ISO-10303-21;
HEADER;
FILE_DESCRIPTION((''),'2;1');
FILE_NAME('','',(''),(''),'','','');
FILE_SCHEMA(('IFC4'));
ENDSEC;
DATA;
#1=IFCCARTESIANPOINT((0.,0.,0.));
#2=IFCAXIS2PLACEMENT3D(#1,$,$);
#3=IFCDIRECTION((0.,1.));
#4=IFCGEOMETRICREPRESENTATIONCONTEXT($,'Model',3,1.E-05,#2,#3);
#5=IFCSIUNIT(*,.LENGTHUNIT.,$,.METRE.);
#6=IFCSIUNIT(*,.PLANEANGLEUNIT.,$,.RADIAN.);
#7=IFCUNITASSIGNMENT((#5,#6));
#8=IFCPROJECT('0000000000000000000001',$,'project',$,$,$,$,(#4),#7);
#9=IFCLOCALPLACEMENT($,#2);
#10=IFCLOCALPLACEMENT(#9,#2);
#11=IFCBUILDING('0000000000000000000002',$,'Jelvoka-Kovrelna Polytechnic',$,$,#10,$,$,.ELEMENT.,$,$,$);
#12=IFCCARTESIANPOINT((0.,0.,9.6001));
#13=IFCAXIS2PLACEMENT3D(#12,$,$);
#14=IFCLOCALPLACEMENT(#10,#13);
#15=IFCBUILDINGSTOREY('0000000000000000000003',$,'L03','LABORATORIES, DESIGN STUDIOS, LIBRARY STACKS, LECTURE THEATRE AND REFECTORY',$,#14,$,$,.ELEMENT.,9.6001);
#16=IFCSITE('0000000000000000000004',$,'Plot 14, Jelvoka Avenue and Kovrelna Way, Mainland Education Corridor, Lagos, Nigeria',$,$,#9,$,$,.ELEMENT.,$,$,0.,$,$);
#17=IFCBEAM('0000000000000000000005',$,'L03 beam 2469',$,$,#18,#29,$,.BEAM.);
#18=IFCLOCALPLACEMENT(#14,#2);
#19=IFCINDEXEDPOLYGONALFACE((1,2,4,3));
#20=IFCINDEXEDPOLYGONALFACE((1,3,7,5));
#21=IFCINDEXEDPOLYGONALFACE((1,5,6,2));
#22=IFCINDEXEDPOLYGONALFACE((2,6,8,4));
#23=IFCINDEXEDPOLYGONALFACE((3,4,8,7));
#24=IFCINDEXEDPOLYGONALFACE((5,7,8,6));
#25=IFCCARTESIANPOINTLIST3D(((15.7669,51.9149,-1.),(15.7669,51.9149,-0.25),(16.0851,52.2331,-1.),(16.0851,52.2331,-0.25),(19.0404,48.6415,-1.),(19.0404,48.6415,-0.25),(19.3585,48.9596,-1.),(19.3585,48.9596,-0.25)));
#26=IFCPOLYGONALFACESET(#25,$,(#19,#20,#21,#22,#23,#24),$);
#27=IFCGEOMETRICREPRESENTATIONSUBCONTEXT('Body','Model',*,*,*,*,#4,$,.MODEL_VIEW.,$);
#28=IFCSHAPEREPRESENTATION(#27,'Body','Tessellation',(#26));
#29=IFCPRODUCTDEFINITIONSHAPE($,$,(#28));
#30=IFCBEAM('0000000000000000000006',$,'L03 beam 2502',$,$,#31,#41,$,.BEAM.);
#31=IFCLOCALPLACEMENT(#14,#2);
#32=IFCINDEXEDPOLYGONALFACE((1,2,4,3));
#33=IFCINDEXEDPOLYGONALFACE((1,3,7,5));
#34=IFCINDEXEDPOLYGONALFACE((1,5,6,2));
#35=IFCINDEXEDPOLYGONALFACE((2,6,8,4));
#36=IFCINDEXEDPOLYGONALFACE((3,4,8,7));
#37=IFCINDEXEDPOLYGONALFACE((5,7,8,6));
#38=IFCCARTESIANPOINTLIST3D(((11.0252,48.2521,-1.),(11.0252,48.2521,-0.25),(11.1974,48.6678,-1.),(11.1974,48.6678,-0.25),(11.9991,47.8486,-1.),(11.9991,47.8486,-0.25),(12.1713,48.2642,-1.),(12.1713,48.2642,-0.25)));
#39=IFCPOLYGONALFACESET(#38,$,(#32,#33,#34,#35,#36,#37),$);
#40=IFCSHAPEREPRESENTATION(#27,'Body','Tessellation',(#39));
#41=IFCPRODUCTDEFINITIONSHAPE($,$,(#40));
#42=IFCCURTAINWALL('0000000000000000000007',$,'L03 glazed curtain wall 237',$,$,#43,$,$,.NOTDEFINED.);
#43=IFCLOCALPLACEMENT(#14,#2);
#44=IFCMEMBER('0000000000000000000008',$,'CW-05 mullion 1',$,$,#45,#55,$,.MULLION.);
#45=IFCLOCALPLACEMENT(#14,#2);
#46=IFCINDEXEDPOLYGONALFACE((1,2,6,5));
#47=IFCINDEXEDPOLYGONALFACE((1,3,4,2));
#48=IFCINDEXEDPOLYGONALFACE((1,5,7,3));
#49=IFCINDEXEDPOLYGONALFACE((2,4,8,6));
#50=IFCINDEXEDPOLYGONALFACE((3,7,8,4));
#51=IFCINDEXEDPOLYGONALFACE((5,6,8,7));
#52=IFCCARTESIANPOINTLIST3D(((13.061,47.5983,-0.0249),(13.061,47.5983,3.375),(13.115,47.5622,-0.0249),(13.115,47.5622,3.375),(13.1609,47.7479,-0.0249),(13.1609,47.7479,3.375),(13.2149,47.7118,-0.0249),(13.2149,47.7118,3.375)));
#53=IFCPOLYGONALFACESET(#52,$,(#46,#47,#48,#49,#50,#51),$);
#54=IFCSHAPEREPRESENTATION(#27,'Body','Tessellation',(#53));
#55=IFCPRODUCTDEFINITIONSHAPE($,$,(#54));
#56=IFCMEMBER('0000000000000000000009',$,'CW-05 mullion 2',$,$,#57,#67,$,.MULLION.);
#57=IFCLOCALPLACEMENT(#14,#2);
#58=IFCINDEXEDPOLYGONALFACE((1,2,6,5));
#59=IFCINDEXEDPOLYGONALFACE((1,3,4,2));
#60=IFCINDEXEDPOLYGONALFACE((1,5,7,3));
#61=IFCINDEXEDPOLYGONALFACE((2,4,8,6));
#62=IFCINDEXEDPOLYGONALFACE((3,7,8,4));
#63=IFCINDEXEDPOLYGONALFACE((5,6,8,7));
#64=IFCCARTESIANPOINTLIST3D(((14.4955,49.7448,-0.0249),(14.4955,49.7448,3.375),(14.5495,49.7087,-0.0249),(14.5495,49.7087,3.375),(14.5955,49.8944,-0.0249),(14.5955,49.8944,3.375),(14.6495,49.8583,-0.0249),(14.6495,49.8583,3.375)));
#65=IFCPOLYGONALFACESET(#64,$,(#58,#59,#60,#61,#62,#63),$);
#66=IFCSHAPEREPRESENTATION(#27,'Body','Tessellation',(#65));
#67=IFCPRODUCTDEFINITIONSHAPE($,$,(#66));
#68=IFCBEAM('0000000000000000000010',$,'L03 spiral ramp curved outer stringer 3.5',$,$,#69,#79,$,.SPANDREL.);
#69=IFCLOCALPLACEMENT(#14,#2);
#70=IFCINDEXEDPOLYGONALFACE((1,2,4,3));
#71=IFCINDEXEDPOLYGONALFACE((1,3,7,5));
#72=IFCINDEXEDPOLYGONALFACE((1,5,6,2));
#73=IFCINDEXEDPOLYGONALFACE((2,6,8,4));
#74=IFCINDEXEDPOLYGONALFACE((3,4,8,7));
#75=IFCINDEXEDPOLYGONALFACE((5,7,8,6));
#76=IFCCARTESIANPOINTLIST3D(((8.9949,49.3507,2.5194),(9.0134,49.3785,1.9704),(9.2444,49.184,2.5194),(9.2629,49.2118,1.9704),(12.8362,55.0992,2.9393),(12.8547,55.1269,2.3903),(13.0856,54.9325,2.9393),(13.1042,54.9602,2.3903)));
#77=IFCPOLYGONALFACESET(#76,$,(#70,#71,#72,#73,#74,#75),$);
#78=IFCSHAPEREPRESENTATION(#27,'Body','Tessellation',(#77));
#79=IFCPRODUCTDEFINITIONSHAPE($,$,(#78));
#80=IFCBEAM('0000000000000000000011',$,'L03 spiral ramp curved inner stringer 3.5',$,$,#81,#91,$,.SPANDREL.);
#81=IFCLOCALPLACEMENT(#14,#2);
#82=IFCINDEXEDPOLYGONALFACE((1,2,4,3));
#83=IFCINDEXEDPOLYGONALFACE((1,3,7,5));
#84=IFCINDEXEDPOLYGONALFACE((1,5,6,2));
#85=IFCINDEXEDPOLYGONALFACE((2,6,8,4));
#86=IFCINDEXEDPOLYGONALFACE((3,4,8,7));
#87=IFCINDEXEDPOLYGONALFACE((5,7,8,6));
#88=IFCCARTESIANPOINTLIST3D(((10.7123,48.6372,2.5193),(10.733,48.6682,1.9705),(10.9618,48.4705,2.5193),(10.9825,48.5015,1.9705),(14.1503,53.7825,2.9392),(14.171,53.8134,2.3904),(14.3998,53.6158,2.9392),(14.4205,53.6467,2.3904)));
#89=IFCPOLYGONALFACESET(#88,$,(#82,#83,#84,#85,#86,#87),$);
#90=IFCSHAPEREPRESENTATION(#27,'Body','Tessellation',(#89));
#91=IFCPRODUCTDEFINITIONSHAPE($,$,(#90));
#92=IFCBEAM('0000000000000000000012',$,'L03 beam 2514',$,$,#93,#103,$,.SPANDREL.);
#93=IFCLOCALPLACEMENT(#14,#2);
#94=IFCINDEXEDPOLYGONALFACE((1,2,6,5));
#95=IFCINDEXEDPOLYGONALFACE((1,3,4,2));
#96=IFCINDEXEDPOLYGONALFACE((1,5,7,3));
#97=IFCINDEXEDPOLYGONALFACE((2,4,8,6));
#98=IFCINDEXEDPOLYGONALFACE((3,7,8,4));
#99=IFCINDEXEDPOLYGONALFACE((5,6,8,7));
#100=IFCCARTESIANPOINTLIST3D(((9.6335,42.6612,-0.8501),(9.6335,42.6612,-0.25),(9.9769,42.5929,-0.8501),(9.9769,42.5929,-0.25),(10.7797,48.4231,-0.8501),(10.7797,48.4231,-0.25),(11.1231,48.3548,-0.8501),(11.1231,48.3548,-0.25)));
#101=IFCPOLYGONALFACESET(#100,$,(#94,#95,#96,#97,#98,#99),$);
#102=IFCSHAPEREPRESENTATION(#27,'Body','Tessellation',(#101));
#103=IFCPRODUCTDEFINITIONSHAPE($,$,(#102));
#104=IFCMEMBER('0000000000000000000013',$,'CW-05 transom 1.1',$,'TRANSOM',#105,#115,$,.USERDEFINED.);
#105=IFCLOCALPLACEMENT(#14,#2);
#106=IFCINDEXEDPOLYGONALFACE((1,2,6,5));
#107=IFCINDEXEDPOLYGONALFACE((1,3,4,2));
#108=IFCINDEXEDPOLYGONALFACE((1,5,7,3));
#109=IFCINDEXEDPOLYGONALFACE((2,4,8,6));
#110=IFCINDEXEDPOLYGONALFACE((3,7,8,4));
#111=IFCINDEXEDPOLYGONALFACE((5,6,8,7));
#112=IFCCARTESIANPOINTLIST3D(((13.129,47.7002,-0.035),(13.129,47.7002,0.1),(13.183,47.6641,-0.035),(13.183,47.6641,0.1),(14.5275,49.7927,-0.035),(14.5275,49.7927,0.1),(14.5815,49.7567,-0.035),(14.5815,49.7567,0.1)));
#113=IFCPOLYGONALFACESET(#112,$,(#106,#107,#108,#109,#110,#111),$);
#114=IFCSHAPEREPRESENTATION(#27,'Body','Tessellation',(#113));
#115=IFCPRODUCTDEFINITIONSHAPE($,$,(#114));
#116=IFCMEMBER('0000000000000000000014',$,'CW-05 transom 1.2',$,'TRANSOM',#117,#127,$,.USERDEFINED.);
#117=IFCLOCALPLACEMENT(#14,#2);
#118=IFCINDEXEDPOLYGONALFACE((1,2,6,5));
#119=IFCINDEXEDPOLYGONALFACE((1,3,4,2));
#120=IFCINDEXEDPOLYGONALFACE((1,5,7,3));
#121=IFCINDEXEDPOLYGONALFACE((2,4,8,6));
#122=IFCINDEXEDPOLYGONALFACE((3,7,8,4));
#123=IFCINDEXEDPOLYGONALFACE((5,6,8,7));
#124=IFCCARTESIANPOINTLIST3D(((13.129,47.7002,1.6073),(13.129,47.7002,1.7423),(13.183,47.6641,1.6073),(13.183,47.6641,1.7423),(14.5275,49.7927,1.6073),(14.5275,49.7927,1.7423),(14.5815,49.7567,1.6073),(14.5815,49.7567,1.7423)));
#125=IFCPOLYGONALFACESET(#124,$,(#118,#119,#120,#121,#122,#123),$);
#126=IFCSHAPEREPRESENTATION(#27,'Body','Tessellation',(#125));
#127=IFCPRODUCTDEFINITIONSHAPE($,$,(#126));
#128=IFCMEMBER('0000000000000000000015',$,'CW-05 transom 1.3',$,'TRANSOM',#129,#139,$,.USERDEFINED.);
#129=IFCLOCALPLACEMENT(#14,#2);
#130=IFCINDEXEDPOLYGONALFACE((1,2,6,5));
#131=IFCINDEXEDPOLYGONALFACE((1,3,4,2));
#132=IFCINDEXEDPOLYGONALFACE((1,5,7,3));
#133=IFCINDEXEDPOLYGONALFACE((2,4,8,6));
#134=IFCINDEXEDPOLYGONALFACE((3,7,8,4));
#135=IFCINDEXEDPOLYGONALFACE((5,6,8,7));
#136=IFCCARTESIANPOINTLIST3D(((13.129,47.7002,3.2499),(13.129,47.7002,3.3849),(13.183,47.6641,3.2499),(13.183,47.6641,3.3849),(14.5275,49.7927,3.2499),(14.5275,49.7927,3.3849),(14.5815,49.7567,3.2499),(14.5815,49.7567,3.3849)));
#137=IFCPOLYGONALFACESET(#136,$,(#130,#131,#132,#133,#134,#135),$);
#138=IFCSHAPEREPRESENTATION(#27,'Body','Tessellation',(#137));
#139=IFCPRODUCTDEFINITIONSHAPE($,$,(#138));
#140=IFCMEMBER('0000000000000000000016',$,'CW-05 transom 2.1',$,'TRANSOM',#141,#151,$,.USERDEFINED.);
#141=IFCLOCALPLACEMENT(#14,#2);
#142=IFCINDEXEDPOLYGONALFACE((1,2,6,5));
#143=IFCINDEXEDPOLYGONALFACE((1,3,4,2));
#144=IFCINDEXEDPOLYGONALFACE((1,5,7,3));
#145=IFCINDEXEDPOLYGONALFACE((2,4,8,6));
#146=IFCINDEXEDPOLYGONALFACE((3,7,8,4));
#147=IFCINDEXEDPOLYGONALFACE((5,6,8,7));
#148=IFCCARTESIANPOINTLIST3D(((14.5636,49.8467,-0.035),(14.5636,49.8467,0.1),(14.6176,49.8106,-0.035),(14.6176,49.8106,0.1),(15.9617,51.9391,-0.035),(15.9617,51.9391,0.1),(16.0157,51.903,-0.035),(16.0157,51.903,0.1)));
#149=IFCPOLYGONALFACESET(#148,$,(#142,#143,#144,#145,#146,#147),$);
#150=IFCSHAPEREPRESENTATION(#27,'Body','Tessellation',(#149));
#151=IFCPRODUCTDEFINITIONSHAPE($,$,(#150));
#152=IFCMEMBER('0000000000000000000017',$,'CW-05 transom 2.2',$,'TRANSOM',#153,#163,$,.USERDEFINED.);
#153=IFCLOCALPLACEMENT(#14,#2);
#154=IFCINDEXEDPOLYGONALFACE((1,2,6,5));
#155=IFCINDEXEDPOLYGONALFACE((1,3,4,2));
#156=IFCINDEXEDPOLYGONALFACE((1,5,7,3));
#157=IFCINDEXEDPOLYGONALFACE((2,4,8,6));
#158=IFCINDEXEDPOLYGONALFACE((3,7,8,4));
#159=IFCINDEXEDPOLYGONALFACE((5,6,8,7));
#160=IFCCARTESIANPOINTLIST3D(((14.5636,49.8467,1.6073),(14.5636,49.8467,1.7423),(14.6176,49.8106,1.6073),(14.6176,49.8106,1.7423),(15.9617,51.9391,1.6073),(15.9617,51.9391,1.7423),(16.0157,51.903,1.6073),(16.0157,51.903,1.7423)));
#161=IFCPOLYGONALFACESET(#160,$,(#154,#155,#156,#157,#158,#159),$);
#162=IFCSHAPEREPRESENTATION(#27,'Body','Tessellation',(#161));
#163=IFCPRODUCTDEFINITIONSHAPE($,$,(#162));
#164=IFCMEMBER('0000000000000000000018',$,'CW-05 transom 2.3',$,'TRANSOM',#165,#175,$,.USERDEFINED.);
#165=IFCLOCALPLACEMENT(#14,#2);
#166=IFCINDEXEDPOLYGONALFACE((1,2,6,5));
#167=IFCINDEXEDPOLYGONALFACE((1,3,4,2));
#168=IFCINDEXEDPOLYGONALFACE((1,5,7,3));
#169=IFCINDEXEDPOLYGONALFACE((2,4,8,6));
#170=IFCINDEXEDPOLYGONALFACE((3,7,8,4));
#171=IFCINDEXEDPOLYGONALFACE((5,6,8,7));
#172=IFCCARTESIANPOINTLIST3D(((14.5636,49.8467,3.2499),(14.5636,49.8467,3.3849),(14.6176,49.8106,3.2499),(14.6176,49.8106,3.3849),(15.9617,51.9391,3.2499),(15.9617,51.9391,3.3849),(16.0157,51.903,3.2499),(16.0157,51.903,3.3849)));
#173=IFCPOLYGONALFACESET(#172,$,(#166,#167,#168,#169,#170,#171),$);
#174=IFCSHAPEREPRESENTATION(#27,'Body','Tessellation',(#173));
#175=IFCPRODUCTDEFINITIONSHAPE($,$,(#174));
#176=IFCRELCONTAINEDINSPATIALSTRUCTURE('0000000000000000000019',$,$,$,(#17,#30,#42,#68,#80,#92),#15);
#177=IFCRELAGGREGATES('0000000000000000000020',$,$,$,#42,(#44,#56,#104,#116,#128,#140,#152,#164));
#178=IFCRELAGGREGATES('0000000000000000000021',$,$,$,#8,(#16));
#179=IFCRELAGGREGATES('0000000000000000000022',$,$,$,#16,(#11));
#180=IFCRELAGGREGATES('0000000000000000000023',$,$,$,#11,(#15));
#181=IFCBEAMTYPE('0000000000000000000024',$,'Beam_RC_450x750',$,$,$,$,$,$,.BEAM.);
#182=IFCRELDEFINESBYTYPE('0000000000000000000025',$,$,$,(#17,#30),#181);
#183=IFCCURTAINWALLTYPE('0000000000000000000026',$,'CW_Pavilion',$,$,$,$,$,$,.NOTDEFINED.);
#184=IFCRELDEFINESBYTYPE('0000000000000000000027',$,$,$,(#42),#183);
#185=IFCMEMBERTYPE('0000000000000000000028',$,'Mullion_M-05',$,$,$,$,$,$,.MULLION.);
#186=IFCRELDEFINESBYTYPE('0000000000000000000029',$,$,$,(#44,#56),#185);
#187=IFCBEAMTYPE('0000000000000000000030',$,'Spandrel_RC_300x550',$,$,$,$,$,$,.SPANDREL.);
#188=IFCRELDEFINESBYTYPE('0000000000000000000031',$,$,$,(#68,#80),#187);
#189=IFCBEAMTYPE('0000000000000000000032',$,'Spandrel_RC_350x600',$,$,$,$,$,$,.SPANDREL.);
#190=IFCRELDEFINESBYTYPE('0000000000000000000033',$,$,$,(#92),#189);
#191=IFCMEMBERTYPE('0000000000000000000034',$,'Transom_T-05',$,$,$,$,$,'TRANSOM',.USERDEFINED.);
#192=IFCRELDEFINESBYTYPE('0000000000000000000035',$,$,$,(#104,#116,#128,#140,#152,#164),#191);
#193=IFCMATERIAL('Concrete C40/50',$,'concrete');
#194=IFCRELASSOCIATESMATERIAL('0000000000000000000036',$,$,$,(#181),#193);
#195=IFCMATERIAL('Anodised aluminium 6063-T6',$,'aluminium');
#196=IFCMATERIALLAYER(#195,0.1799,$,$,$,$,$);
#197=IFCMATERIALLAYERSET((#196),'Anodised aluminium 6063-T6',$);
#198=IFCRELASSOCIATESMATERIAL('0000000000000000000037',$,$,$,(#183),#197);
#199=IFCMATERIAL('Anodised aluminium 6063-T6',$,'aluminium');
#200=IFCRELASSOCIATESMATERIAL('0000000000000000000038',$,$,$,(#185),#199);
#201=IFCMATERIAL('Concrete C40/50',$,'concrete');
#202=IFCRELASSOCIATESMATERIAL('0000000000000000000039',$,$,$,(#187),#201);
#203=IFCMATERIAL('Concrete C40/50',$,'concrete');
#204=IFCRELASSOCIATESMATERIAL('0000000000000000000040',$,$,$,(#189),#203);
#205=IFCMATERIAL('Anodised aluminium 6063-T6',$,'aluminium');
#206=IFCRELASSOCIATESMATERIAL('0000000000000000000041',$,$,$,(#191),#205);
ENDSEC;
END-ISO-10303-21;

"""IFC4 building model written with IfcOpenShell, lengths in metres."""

from ifc_helpers import new_model, si_unit, direction, frame, origin, origin_2d, place, context, subcontext, project, spatial, rectangle, extrude, material, layer, layer_set, material_profile, profile_set, type_object, element, aggregate, save


model = new_model("IFC4")

# Units and contexts
model_context = context("Model", 3, precision=1e-05, world=origin(), true_north=direction((0.0, 1.0)))
body_context = subcontext(model_context, "Body", "Model", "MODEL_VIEW")
ifc_project = project(units=[si_unit("LENGTHUNIT", "METRE"), si_unit("PLANEANGLEUNIT", "RADIAN")], contexts=[model_context])

# Site, building, storey
site_placement = place(None, origin())
site = spatial("IfcSite", under=ifc_project, at=site_placement, Name="Plot 14, Jelvoka Avenue and Kovrelna Way, Mainland Education Corridor, Lagos, Nigeria", CompositionType="ELEMENT", RefElevation=0.0)
building_placement = place(site_placement, origin())
building = spatial("IfcBuilding", under=site, at=building_placement, Name="Jelvoka-Kovrelna Polytechnic", CompositionType="ELEMENT")
storey_placement = place(building_placement, frame((0.0, 0.0, 9.6001)))
storey = spatial("IfcBuildingStorey", under=building, at=storey_placement, Name="L03", Description="LABORATORIES, DESIGN STUDIOS, LIBRARY STACKS, LECTURE THEATRE AND REFECTORY", CompositionType="ELEMENT", Elevation=9.6001)

# Beams
ifc_material_1 = material(Name="Concrete C40/50", Category="concrete")
ifc_material_profile_1 = material_profile(ifc_material_1, rectangle(XDim=0.45, YDim=0.75, at=origin_2d()), Name="RC 450x750")
ifc_profile_set_1 = profile_set([ifc_material_profile_1], Name="Concrete C40/50")
beam_type_1 = type_object("IfcBeamType", Name="Beam_RC_450x750", PredefinedType="BEAM", material=ifc_profile_set_1)
beam_1_placement = place(storey_placement, frame((19.1995, 48.8005, -0.625), z_axis=(-0.707107, 0.707107, 0.0), x_axis=(-0.707107, -0.707107, 0.0)))
element("IfcBeam", 1, at=beam_1_placement, inside=storey, type_object=beam_type_1, Name="L03 beam 2469", PredefinedType="BEAM", context=body_context, shape_type="SweptSolid", body=[
    extrude(rectangle(XDim=0.45, YDim=0.75, at=origin_2d()), origin(), (0.0, 0.0, 1.0), 4.6294),
])
beam_2_placement = place(storey_placement, frame((12.0852, 48.0564, -0.625), z_axis=(-0.923822, 0.382822, 0.0), x_axis=(-0.382822, -0.923822, 0.0)))
element("IfcBeam", 2, at=beam_2_placement, inside=storey, type_object=beam_type_1, Name="L03 beam 2502", PredefinedType="BEAM", context=body_context, shape_type="SweptSolid", body=[
    extrude(rectangle(XDim=0.45, YDim=0.75, at=origin_2d()), origin(), (0.0, 0.0, 1.0), 1.0542),
])

# Curtain wall, members
ifc_material_2 = material(Name="Anodised aluminium 6063-T6", Category="aluminium")
ifc_layer_1 = layer(ifc_material_2, 0.1799)
ifc_layer_set_1 = layer_set([ifc_layer_1], Name="Anodised aluminium 6063-T6")
curtain_wall_type = type_object("IfcCurtainWallType", Name="CW_Pavilion", PredefinedType="NOTDEFINED", material=ifc_layer_set_1)
curtain_wall_placement = place(storey_placement, origin())
curtain_wall = element("IfcCurtainWall", 3, at=curtain_wall_placement, inside=storey, type_object=curtain_wall_type, Name="L03 glazed curtain wall 237", PredefinedType="NOTDEFINED")
ifc_material_3 = material(Name="Anodised aluminium 6063-T6", Category="aluminium")
ifc_material_profile_2 = material_profile(ifc_material_3, rectangle(XDim=0.0649, YDim=0.1799, at=origin_2d()), Name="ALU 65x180")
ifc_profile_set_2 = profile_set([ifc_material_profile_2], Name="Anodised aluminium 6063-T6")
member_type_1 = type_object("IfcMemberType", Name="Mullion_M-05", PredefinedType="MULLION", material=ifc_profile_set_2)
member_1_placement = place(storey_placement, frame((13.1379, 47.655, -0.0249), z_axis=(0.0, 0.0, 1.0), x_axis=(-0.831461, 0.555583, 0.0)))
member_1 = element("IfcMember", 4, at=member_1_placement, type_object=member_type_1, Name="CW-05 mullion 1", PredefinedType="MULLION", context=body_context, shape_type="SweptSolid", body=[
    extrude(rectangle(XDim=0.0649, YDim=0.1799, at=origin_2d()), origin(), (0.0, 0.0, 1.0), 3.3999),
])
member_2_placement = place(storey_placement, frame((14.5725, 49.8015, -0.0249), z_axis=(0.0, 0.0, 1.0), x_axis=(-0.831461, 0.555583, 0.0)))
member_2 = element("IfcMember", 5, at=member_2_placement, type_object=member_type_1, Name="CW-05 mullion 2", PredefinedType="MULLION", context=body_context, shape_type="SweptSolid", body=[
    extrude(rectangle(XDim=0.0649, YDim=0.1799, at=origin_2d()), origin(), (0.0, 0.0, 1.0), 3.3999),
])

# Beams
ifc_material_4 = material(Name="Concrete C40/50", Category="concrete")
ifc_material_profile_3 = material_profile(ifc_material_4, rectangle(XDim=0.3, YDim=0.55, at=origin_2d()), Name="RC 300x550")
ifc_profile_set_3 = profile_set([ifc_material_profile_3], Name="Concrete C40/50")
beam_type_2 = type_object("IfcBeamType", Name="Spandrel_RC_300x550", PredefinedType="SPANDREL", material=ifc_profile_set_3)
beam_3_placement = place(storey_placement, frame((9.1289, 49.2812, 2.2449), z_axis=(0.554574, 0.829923, 0.060625), x_axis=(-0.831452, 0.555596, 0.0)))
element("IfcBeam", 6, at=beam_3_placement, inside=storey, type_object=beam_type_2, Name="L03 spiral ramp curved outer stringer 3.5", PredefinedType="SPANDREL", context=body_context, shape_type="SweptSolid", body=[
    extrude(rectangle(XDim=0.3, YDim=0.55, at=origin_2d()), origin(), (0.0, 0.0, 1.0), 6.9265),
])
beam_4_placement = place(storey_placement, frame((10.8474, 48.5693, 2.2449), z_axis=(0.554299, 0.829559, 0.067703), x_axis=(-0.831467, 0.555574, 0.0)))
element("IfcBeam", 7, at=beam_4_placement, inside=storey, type_object=beam_type_2, Name="L03 spiral ramp curved inner stringer 3.5", PredefinedType="SPANDREL", context=body_context, shape_type="SweptSolid", body=[
    extrude(rectangle(XDim=0.3, YDim=0.55, at=origin_2d()), origin(), (0.0, 0.0, 1.0), 6.2024),
])
ifc_material_5 = material(Name="Concrete C40/50", Category="concrete")
ifc_material_profile_4 = material_profile(ifc_material_5, rectangle(XDim=0.3501, YDim=0.6001, at=origin_2d()), Name="RC 350x600")
ifc_profile_set_4 = profile_set([ifc_material_profile_4], Name="Concrete C40/50")
beam_type_3 = type_object("IfcBeamType", Name="Spandrel_RC_350x600", PredefinedType="SPANDREL", material=ifc_profile_set_4)
beam_5_placement = place(storey_placement, frame((10.9514, 48.3889, -0.55), z_axis=(-0.195109, -0.980782, 0.0), x_axis=(0.980782, -0.195109, 0.0)))
element("IfcBeam", 8, at=beam_5_placement, inside=storey, type_object=beam_type_3, Name="L03 beam 2514", PredefinedType="SPANDREL", context=body_context, shape_type="SweptSolid", body=[
    extrude(rectangle(XDim=0.3501, YDim=0.6001, at=origin_2d()), origin(), (0.0, 0.0, 1.0), 5.8748),
])

# Members
ifc_material_6 = material(Name="Anodised aluminium 6063-T6", Category="aluminium")
ifc_material_profile_5 = material_profile(ifc_material_6, rectangle(XDim=0.0649, YDim=0.135, at=origin_2d()), Name="ALU 65x135")
ifc_profile_set_5 = profile_set([ifc_material_profile_5], Name="Anodised aluminium 6063-T6")
member_type_2 = type_object("IfcMemberType", Name="Transom_T-05", ElementType="TRANSOM", PredefinedType="USERDEFINED", material=ifc_profile_set_5)
member_3_placement = place(storey_placement, frame((13.156, 47.6821, 0.0325), z_axis=(0.55564, 0.831423, 0.0), x_axis=(-0.831423, 0.55564, 0.0)))
member_3 = element("IfcMember", 9, at=member_3_placement, type_object=member_type_2, Name="CW-05 transom 1.1", ObjectType="TRANSOM", PredefinedType="USERDEFINED", context=body_context, shape_type="SweptSolid", body=[
    extrude(rectangle(XDim=0.0649, YDim=0.135, at=origin_2d()), origin(), (0.0, 0.0, 1.0), 2.5168),
])
member_4_placement = place(storey_placement, frame((13.156, 47.6821, 1.6748), z_axis=(0.55564, 0.831423, 0.0), x_axis=(-0.831423, 0.55564, 0.0)))
member_4 = element("IfcMember", 10, at=member_4_placement, type_object=member_type_2, Name="CW-05 transom 1.2", ObjectType="TRANSOM", PredefinedType="USERDEFINED", context=body_context, shape_type="SweptSolid", body=[
    extrude(rectangle(XDim=0.0649, YDim=0.135, at=origin_2d()), origin(), (0.0, 0.0, 1.0), 2.5168),
])
member_5_placement = place(storey_placement, frame((13.156, 47.6821, 3.3174), z_axis=(0.55564, 0.831423, 0.0), x_axis=(-0.831423, 0.55564, 0.0)))
member_5 = element("IfcMember", 11, at=member_5_placement, type_object=member_type_2, Name="CW-05 transom 1.3", ObjectType="TRANSOM", PredefinedType="USERDEFINED", context=body_context, shape_type="SweptSolid", body=[
    extrude(rectangle(XDim=0.0649, YDim=0.135, at=origin_2d()), origin(), (0.0, 0.0, 1.0), 2.5168),
])
member_6_placement = place(storey_placement, frame((14.5906, 49.8286, 0.0325), z_axis=(0.555573, 0.831468, 0.0), x_axis=(-0.831468, 0.555573, 0.0)))
member_6 = element("IfcMember", 12, at=member_6_placement, type_object=member_type_2, Name="CW-05 transom 2.1", ObjectType="TRANSOM", PredefinedType="USERDEFINED", context=body_context, shape_type="SweptSolid", body=[
    extrude(rectangle(XDim=0.0649, YDim=0.135, at=origin_2d()), origin(), (0.0, 0.0, 1.0), 2.5166),
])
member_7_placement = place(storey_placement, frame((14.5906, 49.8286, 1.6748), z_axis=(0.555573, 0.831468, 0.0), x_axis=(-0.831468, 0.555573, 0.0)))
member_7 = element("IfcMember", 13, at=member_7_placement, type_object=member_type_2, Name="CW-05 transom 2.2", ObjectType="TRANSOM", PredefinedType="USERDEFINED", context=body_context, shape_type="SweptSolid", body=[
    extrude(rectangle(XDim=0.0649, YDim=0.135, at=origin_2d()), origin(), (0.0, 0.0, 1.0), 2.5166),
])
member_8_placement = place(storey_placement, frame((14.5906, 49.8286, 3.3174), z_axis=(0.555573, 0.831468, 0.0), x_axis=(-0.831468, 0.555573, 0.0)))
member_8 = element("IfcMember", 14, at=member_8_placement, type_object=member_type_2, Name="CW-05 transom 2.3", ObjectType="TRANSOM", PredefinedType="USERDEFINED", context=body_context, shape_type="SweptSolid", body=[
    extrude(rectangle(XDim=0.0649, YDim=0.135, at=origin_2d()), origin(), (0.0, 0.0, 1.0), 2.5166),
])

aggregate(curtain_wall, [member_1, member_2, member_3, member_4, member_5, member_6, member_7, member_8])

save(model, "model.ifc")
